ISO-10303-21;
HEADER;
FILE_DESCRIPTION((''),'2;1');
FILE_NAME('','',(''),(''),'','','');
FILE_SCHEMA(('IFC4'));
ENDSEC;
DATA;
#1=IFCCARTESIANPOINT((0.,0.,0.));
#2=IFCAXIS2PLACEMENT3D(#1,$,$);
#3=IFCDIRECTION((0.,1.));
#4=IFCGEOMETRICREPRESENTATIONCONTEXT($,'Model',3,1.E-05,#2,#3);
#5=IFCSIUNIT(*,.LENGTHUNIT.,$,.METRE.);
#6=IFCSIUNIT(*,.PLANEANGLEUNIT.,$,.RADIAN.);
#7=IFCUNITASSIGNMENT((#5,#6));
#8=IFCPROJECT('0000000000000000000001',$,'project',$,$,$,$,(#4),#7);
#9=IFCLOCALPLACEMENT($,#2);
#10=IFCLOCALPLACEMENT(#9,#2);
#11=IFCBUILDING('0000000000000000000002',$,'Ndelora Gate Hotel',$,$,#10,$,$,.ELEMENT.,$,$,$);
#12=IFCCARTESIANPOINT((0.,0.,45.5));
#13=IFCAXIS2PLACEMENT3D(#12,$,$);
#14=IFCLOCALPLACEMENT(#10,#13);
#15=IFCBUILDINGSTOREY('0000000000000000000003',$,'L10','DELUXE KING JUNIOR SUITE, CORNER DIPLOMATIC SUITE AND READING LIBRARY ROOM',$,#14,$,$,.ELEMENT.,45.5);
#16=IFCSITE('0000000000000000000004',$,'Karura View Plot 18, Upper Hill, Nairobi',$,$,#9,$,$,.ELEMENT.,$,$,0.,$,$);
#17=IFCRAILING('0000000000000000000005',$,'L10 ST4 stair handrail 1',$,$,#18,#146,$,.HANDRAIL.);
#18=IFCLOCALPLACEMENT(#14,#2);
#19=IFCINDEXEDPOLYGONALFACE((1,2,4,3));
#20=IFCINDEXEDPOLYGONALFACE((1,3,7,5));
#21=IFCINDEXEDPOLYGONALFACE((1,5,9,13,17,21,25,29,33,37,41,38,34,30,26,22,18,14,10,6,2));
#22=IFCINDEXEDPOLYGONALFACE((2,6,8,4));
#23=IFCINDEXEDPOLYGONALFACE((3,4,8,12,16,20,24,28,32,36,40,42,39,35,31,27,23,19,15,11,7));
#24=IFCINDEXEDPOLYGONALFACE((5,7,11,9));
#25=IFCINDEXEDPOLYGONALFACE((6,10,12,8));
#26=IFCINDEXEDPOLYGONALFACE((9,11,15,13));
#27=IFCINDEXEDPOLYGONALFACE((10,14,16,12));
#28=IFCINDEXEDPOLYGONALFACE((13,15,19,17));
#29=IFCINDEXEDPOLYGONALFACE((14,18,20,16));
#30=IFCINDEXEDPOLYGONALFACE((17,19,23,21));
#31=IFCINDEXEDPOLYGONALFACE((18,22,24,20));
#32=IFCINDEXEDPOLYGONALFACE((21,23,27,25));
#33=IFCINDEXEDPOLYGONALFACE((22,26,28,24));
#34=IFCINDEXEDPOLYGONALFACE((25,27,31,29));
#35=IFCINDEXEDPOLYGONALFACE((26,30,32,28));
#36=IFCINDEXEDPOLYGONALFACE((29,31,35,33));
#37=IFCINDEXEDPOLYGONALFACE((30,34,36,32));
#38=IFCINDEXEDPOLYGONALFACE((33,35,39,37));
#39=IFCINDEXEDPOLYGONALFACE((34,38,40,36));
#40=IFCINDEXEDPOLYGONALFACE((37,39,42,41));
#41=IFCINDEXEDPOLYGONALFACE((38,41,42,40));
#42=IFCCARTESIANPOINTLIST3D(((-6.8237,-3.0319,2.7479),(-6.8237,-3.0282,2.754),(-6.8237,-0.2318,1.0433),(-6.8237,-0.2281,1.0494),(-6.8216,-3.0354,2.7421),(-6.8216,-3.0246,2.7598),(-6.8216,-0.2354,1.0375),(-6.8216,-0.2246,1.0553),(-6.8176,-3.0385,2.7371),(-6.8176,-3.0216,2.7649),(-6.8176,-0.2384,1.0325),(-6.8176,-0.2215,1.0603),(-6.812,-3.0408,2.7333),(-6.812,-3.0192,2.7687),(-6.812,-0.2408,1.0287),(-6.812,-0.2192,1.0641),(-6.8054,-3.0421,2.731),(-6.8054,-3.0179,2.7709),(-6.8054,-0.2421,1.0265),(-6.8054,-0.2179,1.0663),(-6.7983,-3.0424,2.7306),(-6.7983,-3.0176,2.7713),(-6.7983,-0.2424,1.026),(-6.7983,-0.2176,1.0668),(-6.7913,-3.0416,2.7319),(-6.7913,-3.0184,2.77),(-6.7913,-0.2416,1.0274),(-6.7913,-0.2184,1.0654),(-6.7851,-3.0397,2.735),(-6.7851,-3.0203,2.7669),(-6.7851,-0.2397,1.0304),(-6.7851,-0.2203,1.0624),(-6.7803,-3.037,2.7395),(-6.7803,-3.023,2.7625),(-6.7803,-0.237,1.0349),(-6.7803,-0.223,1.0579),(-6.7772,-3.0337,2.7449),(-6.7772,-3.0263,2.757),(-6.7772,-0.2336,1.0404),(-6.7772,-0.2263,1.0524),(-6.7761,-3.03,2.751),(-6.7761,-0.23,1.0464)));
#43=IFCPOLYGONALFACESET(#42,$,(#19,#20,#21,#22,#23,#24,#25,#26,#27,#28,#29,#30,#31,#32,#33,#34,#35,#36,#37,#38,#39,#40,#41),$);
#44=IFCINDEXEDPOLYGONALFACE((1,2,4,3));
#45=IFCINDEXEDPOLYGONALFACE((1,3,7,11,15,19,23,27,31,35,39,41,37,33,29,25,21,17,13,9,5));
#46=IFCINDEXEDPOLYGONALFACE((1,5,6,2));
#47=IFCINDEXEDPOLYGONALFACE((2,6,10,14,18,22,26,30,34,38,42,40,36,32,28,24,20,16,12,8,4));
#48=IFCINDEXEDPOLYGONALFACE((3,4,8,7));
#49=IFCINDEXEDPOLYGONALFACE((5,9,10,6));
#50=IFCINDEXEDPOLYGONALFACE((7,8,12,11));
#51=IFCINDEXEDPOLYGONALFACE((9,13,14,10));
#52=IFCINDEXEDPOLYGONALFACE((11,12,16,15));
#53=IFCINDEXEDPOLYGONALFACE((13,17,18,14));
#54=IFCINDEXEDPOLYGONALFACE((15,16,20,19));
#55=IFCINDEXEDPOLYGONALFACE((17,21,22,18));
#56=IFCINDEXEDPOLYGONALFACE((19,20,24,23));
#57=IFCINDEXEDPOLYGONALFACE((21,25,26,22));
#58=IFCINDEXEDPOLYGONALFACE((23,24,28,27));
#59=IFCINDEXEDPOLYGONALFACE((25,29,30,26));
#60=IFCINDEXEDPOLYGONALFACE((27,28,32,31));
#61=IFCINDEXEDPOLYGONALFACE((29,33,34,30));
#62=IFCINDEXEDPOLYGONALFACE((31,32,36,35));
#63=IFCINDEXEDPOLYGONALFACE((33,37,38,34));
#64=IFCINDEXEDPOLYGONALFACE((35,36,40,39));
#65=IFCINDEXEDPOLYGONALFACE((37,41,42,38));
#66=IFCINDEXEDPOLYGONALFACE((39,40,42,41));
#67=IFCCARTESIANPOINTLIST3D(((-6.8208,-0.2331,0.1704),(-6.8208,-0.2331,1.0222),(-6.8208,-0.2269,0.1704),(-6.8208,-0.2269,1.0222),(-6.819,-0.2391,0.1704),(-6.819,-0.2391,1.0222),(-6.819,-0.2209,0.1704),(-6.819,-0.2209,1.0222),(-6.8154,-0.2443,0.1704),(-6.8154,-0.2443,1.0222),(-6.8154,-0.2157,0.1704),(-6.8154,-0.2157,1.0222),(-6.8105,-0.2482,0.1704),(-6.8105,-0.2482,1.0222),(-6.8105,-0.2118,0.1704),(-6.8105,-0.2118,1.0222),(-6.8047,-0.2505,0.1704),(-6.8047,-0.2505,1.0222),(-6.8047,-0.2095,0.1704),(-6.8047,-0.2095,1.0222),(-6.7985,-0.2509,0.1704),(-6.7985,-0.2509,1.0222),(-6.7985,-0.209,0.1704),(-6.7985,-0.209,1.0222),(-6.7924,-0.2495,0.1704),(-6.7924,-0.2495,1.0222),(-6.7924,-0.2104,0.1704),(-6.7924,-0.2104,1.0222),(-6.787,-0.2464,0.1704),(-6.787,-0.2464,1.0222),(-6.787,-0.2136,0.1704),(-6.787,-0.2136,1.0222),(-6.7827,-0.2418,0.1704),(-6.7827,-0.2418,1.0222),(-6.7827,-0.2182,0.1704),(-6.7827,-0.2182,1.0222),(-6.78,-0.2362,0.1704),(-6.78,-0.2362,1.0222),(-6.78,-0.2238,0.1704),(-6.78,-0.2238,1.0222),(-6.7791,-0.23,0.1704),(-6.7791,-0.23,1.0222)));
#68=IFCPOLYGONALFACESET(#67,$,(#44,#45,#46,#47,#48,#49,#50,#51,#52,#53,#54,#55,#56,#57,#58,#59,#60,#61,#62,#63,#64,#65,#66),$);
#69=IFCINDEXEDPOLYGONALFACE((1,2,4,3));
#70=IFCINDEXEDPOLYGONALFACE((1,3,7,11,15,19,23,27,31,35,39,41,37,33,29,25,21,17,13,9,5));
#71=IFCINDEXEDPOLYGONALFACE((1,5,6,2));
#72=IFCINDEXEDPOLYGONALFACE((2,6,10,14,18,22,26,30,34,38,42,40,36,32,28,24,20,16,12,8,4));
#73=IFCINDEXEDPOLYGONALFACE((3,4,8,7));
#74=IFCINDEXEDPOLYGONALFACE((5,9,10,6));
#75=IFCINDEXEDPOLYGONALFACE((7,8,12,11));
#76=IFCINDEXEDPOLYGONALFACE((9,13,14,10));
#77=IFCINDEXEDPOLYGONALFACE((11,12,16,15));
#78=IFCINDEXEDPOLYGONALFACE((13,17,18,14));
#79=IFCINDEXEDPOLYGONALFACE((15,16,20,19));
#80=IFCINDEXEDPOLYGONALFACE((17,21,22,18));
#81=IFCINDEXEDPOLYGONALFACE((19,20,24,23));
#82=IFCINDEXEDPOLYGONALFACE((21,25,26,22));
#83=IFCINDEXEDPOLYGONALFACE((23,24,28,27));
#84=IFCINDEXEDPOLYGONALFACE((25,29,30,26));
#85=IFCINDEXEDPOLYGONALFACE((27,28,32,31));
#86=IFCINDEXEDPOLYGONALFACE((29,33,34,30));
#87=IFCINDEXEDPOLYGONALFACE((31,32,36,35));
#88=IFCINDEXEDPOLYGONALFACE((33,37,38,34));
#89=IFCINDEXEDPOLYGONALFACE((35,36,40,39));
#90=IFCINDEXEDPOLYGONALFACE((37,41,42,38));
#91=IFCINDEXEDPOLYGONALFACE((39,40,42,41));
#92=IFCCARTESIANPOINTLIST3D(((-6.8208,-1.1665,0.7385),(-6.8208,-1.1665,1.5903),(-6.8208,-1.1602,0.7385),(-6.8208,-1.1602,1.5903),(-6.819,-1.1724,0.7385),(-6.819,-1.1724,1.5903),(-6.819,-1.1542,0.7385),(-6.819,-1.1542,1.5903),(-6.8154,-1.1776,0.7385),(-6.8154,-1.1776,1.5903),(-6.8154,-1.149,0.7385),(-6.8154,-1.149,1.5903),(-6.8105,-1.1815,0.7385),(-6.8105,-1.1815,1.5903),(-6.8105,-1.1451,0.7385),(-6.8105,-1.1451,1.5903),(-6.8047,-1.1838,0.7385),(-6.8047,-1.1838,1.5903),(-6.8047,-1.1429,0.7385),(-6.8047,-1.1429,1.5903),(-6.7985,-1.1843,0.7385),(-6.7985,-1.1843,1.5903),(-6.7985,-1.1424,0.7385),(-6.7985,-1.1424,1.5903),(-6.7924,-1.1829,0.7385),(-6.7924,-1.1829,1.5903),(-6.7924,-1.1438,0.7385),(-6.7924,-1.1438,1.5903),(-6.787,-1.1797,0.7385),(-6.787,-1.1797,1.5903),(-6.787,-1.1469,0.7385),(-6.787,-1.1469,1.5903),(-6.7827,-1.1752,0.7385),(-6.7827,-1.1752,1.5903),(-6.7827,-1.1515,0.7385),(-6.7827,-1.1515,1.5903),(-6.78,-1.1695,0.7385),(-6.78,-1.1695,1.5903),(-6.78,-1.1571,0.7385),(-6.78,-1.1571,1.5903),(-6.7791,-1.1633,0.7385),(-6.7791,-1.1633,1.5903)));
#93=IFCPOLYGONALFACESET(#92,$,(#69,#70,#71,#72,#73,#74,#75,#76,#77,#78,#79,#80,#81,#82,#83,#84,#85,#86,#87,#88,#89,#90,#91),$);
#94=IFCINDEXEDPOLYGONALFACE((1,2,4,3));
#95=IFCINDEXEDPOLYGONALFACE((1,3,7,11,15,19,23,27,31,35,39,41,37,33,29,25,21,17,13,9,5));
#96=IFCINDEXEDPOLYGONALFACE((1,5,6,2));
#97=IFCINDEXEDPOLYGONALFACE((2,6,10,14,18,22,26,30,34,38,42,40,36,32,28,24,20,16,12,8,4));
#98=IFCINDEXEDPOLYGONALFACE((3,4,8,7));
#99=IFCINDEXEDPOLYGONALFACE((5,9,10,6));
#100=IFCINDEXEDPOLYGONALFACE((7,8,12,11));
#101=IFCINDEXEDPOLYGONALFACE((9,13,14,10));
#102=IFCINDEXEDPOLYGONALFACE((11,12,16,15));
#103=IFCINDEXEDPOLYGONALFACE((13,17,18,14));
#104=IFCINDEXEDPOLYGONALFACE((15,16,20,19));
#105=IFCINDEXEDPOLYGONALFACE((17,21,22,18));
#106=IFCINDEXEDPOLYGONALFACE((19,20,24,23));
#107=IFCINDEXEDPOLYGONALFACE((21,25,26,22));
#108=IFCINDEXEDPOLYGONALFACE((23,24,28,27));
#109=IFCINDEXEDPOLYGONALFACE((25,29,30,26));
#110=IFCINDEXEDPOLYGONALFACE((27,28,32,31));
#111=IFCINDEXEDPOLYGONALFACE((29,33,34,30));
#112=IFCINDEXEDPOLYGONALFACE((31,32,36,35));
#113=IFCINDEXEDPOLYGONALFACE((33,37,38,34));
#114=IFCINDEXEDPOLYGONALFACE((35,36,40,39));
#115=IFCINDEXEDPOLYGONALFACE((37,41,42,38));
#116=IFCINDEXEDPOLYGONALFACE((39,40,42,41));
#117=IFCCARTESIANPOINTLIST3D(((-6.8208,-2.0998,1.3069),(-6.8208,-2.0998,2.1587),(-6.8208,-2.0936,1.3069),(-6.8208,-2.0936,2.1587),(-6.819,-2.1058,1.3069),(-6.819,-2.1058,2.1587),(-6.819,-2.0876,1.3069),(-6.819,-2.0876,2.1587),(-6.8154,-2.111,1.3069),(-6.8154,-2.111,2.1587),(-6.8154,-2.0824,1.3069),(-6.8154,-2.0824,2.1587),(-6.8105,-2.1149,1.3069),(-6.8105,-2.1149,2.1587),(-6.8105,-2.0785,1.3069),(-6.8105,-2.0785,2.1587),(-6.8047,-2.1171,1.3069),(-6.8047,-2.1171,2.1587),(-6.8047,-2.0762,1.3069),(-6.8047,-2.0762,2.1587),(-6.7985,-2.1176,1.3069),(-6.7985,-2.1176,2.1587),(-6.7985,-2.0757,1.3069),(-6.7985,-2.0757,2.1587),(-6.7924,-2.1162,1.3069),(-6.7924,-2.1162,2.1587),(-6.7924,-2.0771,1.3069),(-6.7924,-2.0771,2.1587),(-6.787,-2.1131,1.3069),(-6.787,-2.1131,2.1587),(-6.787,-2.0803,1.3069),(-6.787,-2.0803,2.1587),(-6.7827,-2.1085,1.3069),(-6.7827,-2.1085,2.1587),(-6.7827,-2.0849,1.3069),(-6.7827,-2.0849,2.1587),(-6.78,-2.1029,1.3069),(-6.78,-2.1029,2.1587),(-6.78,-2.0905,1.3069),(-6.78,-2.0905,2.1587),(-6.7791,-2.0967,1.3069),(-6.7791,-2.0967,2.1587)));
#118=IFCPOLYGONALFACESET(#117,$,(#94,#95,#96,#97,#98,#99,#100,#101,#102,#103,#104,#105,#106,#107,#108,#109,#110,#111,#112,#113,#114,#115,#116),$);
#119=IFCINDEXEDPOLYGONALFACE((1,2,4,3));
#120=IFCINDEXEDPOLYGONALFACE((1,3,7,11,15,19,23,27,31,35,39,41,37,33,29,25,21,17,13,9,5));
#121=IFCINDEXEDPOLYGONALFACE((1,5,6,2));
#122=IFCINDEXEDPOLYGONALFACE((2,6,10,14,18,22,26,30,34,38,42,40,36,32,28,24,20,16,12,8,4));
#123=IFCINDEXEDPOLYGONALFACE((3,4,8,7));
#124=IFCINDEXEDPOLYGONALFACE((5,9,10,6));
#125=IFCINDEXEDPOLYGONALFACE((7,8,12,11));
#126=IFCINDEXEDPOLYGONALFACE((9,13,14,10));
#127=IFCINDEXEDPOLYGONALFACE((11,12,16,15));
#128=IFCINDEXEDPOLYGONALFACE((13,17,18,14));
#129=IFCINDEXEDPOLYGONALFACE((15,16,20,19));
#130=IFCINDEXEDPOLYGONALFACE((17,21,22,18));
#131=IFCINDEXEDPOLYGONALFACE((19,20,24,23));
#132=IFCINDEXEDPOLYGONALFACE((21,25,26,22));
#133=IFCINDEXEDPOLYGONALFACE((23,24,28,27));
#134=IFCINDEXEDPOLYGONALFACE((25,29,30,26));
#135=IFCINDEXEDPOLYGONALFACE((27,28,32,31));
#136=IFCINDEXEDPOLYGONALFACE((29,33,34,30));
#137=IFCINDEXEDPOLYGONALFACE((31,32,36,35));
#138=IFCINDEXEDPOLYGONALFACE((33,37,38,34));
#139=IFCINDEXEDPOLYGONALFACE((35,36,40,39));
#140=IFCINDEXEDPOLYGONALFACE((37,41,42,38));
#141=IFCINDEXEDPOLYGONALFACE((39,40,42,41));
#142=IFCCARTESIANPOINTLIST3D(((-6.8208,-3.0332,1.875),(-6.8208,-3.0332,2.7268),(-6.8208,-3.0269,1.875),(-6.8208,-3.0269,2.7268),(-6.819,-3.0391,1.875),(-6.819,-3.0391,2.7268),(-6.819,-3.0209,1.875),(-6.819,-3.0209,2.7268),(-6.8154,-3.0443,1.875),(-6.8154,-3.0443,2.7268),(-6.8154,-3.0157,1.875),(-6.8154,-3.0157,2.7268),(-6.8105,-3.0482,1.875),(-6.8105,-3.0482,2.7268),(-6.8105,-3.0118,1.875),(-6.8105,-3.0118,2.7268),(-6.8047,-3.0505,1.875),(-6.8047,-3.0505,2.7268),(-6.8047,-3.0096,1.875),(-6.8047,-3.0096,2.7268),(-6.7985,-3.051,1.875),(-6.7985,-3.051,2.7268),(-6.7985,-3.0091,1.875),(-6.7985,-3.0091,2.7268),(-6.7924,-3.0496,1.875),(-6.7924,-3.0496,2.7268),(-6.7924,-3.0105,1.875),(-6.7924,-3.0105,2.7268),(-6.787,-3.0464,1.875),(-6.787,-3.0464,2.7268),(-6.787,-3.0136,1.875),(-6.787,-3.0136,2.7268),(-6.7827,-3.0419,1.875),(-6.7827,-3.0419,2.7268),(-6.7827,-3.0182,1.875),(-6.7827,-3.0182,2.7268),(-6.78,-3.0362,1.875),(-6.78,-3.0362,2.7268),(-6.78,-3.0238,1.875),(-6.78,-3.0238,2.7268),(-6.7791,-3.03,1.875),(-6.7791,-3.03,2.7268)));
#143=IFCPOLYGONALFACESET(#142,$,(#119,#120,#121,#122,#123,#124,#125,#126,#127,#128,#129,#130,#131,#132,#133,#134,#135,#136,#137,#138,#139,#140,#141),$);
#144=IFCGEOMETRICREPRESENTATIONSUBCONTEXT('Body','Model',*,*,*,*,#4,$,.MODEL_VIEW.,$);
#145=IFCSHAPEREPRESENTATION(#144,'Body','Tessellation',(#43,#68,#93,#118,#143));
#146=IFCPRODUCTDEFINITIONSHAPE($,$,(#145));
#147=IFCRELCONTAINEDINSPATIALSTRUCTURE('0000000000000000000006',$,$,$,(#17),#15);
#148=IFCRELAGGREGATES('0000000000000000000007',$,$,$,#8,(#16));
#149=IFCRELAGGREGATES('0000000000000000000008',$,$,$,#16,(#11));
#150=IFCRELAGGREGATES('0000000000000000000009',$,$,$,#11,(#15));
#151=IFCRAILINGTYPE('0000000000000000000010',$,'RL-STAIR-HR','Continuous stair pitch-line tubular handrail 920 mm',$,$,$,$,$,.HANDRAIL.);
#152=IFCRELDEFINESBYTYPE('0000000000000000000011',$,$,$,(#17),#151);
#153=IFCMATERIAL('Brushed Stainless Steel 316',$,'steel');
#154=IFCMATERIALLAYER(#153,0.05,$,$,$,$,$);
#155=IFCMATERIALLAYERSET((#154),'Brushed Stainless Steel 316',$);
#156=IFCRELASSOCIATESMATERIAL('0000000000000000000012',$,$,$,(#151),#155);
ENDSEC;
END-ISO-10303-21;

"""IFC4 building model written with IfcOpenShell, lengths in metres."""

from ifc_helpers import new_model, si_unit, direction, frame, origin, origin_2d, place, context, subcontext, project, spatial, circle, extrude, material, layer, layer_set, type_object, element, save


model = new_model("IFC4")

# Units and contexts
model_context = context("Model", 3, precision=1e-05, world=origin(), true_north=direction((0.0, 1.0)))
body_context = subcontext(model_context, "Body", "Model", "MODEL_VIEW")
ifc_project = project(units=[si_unit("LENGTHUNIT", "METRE"), si_unit("PLANEANGLEUNIT", "RADIAN")], contexts=[model_context])

# Site, building, storey
site_placement = place(None, origin())
site = spatial("IfcSite", under=ifc_project, at=site_placement, Name="Karura View Plot 18, Upper Hill, Nairobi", CompositionType="ELEMENT", RefElevation=0.0)
building_placement = place(site_placement, origin())
building = spatial("IfcBuilding", under=site, at=building_placement, Name="Ndelora Gate Hotel", CompositionType="ELEMENT")
storey_placement = place(building_placement, frame((0.0, 0.0, 45.5)))
storey = spatial("IfcBuildingStorey", under=building, at=storey_placement, Name="L10", Description="DELUXE KING JUNIOR SUITE, CORNER DIPLOMATIC SUITE AND READING LIBRARY ROOM", CompositionType="ELEMENT", Elevation=45.5)

# Railing
ifc_material_1 = material(Name="Brushed Stainless Steel 316", Category="steel")
ifc_layer_1 = layer(ifc_material_1, 0.05)
ifc_layer_set_1 = layer_set([ifc_layer_1], Name="Brushed Stainless Steel 316")
railing_type_1 = type_object("IfcRailingType", Name="RL-STAIR-HR", Description="Continuous stair pitch-line tubular handrail 920 mm", PredefinedType="HANDRAIL", material=ifc_layer_set_1)
railing_1_placement = place(storey_placement, frame((-6.8, -0.23, 0.1704)))
element("IfcRailing", 1, at=railing_1_placement, inside=storey, type_object=railing_type_1, Name="L10 ST4 stair handrail 1", PredefinedType="HANDRAIL", context=body_context, shape_type="SweptSolid", body=[
    extrude(circle(Radius=0.0239, at=origin_2d()), frame((0.0, 0.0, 0.876), z_axis=(0.0, -0.85417, 0.519994), x_axis=(1.0, 0.0, 0.0)), (0.0, 0.0, 1.0), 3.2781),
    extrude(circle(Radius=0.021, at=origin_2d()), origin(), (0.0, 0.0, 1.0), 0.8518),
    extrude(circle(Radius=0.021, at=origin_2d()), frame((0.0, -0.9333, 0.5681)), (0.0, 0.0, 1.0), 0.8518),
    extrude(circle(Radius=0.021, at=origin_2d()), frame((0.0, -1.8667, 1.1365)), (0.0, 0.0, 1.0), 0.8518),
    extrude(circle(Radius=0.021, at=origin_2d()), frame((0.0, -2.8, 1.7046)), (0.0, 0.0, 1.0), 0.8518),
])

save(model, "model.ifc")
